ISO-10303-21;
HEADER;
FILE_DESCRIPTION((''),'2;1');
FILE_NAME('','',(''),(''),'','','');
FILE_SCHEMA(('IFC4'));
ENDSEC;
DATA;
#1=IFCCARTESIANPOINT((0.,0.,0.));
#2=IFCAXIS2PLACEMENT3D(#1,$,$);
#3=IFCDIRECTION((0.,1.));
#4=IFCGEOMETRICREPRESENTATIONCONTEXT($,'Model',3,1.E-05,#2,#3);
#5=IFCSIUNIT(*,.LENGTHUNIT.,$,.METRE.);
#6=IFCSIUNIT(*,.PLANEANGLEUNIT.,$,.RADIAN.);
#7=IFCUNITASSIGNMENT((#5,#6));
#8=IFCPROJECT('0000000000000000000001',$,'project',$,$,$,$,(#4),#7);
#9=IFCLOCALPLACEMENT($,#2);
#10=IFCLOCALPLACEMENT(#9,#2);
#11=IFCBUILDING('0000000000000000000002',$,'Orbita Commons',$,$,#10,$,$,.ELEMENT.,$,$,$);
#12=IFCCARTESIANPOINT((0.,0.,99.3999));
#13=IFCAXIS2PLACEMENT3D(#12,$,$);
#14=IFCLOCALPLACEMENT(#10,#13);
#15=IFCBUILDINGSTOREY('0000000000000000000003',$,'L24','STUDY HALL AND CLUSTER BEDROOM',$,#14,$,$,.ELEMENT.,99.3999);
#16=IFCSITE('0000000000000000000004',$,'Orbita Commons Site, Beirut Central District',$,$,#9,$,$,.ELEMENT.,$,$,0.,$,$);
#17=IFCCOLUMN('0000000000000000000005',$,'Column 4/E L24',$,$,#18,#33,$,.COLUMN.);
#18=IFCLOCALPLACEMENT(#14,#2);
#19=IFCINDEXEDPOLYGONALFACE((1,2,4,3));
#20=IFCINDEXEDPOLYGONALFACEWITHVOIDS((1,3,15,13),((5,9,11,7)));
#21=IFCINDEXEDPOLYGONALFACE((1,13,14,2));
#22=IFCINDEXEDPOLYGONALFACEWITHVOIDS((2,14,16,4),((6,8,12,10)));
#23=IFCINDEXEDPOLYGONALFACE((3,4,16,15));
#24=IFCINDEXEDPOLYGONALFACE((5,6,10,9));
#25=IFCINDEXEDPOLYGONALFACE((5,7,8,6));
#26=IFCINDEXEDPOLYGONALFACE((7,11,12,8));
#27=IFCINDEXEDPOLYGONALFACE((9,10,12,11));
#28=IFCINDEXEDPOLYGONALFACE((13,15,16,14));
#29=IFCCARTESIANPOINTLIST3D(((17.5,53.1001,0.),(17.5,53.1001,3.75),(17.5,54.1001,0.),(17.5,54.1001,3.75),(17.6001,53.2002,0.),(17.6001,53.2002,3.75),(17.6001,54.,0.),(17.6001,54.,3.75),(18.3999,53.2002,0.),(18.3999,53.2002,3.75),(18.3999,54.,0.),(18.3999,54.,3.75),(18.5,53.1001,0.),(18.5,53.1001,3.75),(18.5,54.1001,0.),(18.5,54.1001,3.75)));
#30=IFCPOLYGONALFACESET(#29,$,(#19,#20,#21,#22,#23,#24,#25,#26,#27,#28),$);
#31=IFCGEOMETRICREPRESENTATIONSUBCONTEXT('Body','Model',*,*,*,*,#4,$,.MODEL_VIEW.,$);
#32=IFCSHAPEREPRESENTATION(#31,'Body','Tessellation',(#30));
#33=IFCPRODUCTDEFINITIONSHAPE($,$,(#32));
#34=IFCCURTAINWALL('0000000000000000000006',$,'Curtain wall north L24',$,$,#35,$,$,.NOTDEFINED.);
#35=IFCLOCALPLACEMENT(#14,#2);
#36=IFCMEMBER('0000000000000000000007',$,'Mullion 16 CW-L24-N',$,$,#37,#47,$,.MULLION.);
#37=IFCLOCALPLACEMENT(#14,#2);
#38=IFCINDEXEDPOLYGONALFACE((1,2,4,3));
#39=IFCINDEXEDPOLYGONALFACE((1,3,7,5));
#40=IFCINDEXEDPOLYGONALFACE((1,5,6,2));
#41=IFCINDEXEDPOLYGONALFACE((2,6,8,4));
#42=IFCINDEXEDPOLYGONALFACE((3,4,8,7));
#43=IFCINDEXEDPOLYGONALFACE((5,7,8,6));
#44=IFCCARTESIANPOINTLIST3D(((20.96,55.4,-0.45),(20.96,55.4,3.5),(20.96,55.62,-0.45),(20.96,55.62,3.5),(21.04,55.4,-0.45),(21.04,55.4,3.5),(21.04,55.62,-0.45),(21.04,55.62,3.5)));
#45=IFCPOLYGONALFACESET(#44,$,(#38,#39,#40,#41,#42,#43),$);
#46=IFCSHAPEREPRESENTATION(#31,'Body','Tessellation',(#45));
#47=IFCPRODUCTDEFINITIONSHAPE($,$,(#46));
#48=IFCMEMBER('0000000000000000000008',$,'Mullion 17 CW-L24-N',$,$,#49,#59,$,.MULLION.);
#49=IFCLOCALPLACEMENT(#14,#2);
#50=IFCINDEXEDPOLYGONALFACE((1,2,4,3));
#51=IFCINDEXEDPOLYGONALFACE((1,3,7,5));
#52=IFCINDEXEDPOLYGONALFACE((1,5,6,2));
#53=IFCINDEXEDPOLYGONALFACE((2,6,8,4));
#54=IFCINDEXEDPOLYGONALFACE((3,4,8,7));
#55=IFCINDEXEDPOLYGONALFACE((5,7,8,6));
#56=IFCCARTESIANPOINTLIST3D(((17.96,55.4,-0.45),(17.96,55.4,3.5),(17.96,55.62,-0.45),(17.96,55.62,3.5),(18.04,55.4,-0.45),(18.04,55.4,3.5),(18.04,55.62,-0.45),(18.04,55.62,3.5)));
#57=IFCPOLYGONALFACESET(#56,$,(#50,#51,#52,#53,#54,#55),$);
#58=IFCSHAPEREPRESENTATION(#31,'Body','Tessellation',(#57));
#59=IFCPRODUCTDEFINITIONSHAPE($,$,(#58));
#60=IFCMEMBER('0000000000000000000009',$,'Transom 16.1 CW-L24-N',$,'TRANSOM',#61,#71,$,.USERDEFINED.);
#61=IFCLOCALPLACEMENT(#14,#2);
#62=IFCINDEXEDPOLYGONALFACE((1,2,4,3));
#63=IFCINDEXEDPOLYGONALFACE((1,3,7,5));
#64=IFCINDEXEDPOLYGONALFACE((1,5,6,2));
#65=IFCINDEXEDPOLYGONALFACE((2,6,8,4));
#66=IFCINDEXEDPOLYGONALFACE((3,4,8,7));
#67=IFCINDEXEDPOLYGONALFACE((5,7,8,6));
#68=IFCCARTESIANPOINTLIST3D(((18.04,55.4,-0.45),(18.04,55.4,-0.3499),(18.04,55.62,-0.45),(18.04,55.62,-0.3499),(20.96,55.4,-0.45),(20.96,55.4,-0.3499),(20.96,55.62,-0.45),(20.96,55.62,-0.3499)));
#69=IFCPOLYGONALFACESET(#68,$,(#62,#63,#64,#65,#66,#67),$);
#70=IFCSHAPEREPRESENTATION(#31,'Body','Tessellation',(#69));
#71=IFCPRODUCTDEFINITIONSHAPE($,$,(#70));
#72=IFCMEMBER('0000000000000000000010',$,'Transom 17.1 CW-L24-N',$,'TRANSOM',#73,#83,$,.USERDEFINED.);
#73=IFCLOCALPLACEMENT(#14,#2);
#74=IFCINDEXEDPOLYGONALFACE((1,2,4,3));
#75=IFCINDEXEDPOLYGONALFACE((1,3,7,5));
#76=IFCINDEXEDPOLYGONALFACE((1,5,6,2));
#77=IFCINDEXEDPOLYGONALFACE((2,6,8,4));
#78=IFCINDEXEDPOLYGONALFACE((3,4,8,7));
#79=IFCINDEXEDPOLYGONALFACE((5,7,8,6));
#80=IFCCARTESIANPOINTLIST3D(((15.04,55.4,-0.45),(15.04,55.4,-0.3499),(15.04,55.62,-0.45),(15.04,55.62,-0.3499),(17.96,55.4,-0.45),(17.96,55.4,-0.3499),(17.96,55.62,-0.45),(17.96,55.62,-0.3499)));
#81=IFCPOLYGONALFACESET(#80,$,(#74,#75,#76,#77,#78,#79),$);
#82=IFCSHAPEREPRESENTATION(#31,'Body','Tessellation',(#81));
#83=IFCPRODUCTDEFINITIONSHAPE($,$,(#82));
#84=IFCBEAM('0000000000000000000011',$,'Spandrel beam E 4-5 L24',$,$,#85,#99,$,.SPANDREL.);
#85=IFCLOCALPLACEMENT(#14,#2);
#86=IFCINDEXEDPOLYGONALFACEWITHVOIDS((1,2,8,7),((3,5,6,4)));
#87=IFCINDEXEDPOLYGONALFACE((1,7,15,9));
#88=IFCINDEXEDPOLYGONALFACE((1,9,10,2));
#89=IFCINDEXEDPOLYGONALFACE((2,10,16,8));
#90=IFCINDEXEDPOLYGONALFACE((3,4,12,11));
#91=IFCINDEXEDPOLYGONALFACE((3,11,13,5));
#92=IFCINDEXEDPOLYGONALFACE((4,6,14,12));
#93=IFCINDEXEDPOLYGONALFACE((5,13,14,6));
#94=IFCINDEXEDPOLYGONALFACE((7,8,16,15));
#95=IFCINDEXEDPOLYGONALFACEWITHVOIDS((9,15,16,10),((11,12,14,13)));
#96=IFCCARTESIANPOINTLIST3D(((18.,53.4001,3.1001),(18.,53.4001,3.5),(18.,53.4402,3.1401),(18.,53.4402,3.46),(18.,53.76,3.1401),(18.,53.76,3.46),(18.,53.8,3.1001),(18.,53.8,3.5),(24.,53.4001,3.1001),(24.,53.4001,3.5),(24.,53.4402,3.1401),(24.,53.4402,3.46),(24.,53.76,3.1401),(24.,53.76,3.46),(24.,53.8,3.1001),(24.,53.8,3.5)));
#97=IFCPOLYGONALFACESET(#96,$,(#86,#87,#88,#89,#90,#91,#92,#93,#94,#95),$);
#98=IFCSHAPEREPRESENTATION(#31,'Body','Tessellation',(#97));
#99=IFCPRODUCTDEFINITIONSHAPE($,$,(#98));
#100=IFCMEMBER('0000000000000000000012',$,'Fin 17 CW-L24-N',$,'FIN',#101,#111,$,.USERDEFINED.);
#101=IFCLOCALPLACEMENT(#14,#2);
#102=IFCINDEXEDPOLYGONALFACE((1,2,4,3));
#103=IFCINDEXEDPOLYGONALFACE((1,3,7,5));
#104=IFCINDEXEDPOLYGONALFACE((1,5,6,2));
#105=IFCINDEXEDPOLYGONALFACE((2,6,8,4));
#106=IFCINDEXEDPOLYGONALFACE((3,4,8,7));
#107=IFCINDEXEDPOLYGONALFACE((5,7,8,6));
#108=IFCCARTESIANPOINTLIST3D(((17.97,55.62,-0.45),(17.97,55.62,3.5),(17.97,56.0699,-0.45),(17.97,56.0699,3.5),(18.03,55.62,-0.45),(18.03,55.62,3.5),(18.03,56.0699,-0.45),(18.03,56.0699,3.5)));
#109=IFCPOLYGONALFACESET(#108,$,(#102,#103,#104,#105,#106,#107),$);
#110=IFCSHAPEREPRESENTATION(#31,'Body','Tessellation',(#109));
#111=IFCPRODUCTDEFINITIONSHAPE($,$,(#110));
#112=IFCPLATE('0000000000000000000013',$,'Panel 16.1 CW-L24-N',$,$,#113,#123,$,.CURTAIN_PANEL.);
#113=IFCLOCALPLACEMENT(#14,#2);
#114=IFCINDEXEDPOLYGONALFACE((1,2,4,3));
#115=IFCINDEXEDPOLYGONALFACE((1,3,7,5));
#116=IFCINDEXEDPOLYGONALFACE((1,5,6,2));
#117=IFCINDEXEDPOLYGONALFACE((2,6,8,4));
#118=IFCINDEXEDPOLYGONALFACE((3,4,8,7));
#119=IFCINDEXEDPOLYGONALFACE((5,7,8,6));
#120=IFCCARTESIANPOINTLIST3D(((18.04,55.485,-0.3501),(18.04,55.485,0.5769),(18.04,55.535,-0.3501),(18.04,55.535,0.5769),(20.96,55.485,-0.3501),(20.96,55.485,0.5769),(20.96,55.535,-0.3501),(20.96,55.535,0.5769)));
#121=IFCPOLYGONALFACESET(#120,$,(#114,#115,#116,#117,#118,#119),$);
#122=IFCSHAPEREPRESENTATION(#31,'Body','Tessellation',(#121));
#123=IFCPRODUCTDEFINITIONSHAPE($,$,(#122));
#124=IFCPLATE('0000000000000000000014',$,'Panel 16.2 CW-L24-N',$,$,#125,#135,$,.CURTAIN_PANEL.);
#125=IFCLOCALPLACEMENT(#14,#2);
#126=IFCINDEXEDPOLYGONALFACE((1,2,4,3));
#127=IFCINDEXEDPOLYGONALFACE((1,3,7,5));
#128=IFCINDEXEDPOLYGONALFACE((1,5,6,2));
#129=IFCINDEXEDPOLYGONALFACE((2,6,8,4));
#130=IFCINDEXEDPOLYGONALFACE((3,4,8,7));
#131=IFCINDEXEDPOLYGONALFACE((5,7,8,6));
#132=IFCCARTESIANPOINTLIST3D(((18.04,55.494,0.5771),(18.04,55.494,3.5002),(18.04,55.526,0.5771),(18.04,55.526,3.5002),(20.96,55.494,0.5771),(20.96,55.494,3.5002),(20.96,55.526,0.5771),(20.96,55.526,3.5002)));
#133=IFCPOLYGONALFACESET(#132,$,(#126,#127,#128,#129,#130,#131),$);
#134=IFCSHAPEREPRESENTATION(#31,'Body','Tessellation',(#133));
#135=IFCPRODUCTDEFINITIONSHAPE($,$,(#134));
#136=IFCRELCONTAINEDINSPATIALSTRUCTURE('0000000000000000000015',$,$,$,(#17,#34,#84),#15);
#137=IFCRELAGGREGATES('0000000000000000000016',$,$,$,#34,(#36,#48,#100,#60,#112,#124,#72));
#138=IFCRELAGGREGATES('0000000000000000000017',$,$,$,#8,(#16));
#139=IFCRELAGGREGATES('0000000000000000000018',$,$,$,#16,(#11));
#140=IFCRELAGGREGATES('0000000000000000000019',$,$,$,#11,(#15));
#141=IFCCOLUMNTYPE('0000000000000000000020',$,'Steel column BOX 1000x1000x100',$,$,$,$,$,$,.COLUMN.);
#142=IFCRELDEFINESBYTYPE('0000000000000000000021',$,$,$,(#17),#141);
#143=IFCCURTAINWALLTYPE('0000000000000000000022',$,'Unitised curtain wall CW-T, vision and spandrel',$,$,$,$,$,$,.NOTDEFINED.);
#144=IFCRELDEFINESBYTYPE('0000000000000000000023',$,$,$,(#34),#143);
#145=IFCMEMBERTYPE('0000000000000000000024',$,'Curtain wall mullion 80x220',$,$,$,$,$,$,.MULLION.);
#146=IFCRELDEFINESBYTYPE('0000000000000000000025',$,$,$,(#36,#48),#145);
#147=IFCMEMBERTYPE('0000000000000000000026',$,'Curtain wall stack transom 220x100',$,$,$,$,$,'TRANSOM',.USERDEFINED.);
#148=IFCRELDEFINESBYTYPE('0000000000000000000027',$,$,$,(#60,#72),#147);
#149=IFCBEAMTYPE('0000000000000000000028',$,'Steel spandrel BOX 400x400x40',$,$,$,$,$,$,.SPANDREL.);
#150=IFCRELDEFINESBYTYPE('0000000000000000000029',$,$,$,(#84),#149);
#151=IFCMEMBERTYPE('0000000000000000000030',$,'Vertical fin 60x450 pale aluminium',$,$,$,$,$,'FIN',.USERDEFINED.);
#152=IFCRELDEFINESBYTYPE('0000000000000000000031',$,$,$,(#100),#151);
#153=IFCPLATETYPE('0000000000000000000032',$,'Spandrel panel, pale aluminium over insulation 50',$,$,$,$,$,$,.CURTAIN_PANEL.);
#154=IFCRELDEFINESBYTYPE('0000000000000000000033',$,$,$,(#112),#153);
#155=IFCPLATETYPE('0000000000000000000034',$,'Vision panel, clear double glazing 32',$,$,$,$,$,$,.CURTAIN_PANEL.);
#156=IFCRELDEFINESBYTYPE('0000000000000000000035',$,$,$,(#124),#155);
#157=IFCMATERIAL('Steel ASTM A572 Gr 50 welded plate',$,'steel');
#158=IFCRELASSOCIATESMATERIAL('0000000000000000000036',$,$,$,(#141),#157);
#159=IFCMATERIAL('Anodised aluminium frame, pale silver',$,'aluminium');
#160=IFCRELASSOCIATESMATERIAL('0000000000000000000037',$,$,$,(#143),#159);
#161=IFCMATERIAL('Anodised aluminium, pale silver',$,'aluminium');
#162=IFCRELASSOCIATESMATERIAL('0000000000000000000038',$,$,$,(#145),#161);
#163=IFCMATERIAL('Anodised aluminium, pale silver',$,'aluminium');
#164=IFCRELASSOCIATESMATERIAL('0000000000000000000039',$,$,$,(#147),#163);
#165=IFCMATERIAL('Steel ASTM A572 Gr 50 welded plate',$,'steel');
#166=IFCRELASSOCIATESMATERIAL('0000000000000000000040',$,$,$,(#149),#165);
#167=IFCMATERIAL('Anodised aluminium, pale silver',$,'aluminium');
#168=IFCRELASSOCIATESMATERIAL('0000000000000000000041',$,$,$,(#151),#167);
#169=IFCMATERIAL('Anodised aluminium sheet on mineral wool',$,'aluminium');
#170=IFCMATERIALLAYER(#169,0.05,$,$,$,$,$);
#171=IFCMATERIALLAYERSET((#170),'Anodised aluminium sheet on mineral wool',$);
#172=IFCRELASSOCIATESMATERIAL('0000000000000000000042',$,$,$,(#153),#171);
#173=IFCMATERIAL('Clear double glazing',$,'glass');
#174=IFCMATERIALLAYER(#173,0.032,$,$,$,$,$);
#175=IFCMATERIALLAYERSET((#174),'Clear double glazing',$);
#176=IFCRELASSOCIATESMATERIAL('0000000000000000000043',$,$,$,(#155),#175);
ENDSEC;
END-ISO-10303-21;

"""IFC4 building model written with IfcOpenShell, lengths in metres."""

from ifc_helpers import new_model, si_unit, direction, frame, origin, origin_2d, place, context, subcontext, project, spatial, rectangle, hollow_rectangle, extrude, material, layer, layer_set, material_profile, profile_set, type_object, element, aggregate, save


model = new_model("IFC4")

# Units and contexts
model_context = context("Model", 3, precision=1e-05, world=origin(), true_north=direction((0.0, 1.0)))
body_context = subcontext(model_context, "Body", "Model", "MODEL_VIEW")
ifc_project = project(units=[si_unit("LENGTHUNIT", "METRE"), si_unit("PLANEANGLEUNIT", "RADIAN")], contexts=[model_context])

# Site, building, storey
site_placement = place(None, origin())
site = spatial("IfcSite", under=ifc_project, at=site_placement, Name="Orbita Commons Site, Beirut Central District", CompositionType="ELEMENT", RefElevation=0.0)
building_placement = place(site_placement, origin())
building = spatial("IfcBuilding", under=site, at=building_placement, Name="Orbita Commons", CompositionType="ELEMENT")
storey_placement = place(building_placement, frame((0.0, 0.0, 99.3999)))
storey = spatial("IfcBuildingStorey", under=building, at=storey_placement, Name="L24", Description="STUDY HALL AND CLUSTER BEDROOM", CompositionType="ELEMENT", Elevation=99.3999)

# Column
ifc_material_1 = material(Name="Steel ASTM A572 Gr 50 welded plate", Category="steel")
ifc_material_profile_1 = material_profile(ifc_material_1, hollow_rectangle(XDim=1.0, YDim=1.0, WallThickness=0.1001, at=origin_2d()), Name="BOX 1000x1000x100")
ifc_profile_set_1 = profile_set([ifc_material_profile_1], Name="Steel ASTM A572 Gr 50 welded plate")
column_type = type_object("IfcColumnType", Name="Steel column BOX 1000x1000x100", PredefinedType="COLUMN", material=ifc_profile_set_1)
column_placement = place(storey_placement, frame((18.0, 53.6001, 0.0), z_axis=(0.0, 0.0, 1.0), x_axis=(1.0, 0.0, 0.0)))
element("IfcColumn", 1, at=column_placement, inside=storey, type_object=column_type, Name="Column 4/E L24", PredefinedType="COLUMN", context=body_context, shape_type="SweptSolid", body=[
    extrude(hollow_rectangle(XDim=1.0, YDim=1.0, WallThickness=0.1001, at=origin_2d()), origin(), (0.0, 0.0, 1.0), 3.75),
])

# Curtain wall, members
ifc_material_2 = material(Name="Anodised aluminium frame, pale silver", Category="aluminium")
curtain_wall_type = type_object("IfcCurtainWallType", Name="Unitised curtain wall CW-T, vision and spandrel", PredefinedType="NOTDEFINED", material=ifc_material_2)
curtain_wall_placement = place(storey_placement, origin())
curtain_wall = element("IfcCurtainWall", 2, at=curtain_wall_placement, inside=storey, type_object=curtain_wall_type, Name="Curtain wall north L24", PredefinedType="NOTDEFINED")
ifc_material_3 = material(Name="Anodised aluminium, pale silver", Category="aluminium")
ifc_material_profile_2 = material_profile(ifc_material_3, rectangle(XDim=0.0801, YDim=0.22, at=origin_2d()), Name="AL 80x220")
ifc_profile_set_2 = profile_set([ifc_material_profile_2], Name="Anodised aluminium, pale silver")
member_type_1 = type_object("IfcMemberType", Name="Curtain wall mullion 80x220", PredefinedType="MULLION", material=ifc_profile_set_2)
member_1_placement = place(storey_placement, frame((21.0, 55.51, -0.45), z_axis=(0.0, 0.0, 1.0), x_axis=(-1.0, 0.0, 0.0)))
member_1 = element("IfcMember", 3, at=member_1_placement, type_object=member_type_1, Name="Mullion 16 CW-L24-N", PredefinedType="MULLION", context=body_context, shape_type="SweptSolid", body=[
    extrude(rectangle(XDim=0.0801, YDim=0.22, at=origin_2d()), origin(), (0.0, 0.0, 1.0), 3.95),
])
member_2_placement = place(storey_placement, frame((18.0, 55.51, -0.45), z_axis=(0.0, 0.0, 1.0), x_axis=(-1.0, 0.0, 0.0)))
member_2 = element("IfcMember", 4, at=member_2_placement, type_object=member_type_1, Name="Mullion 17 CW-L24-N", PredefinedType="MULLION", context=body_context, shape_type="SweptSolid", body=[
    extrude(rectangle(XDim=0.0801, YDim=0.22, at=origin_2d()), origin(), (0.0, 0.0, 1.0), 3.95),
])
ifc_material_4 = material(Name="Anodised aluminium, pale silver", Category="aluminium")
ifc_material_profile_3 = material_profile(ifc_material_4, rectangle(XDim=0.22, YDim=0.1001, at=origin_2d()), Name="AL 220x100")
ifc_profile_set_3 = profile_set([ifc_material_profile_3], Name="Anodised aluminium, pale silver")
member_type_2 = type_object("IfcMemberType", Name="Curtain wall stack transom 220x100", ElementType="TRANSOM", PredefinedType="USERDEFINED", material=ifc_profile_set_3)
member_3_placement = place(storey_placement, frame((20.96, 55.51, -0.3999), z_axis=(-1.0, 0.0, 0.0), x_axis=(0.0, -1.0, 0.0)))
member_3 = element("IfcMember", 5, at=member_3_placement, type_object=member_type_2, Name="Transom 16.1 CW-L24-N", ObjectType="TRANSOM", PredefinedType="USERDEFINED", context=body_context, shape_type="SweptSolid", body=[
    extrude(rectangle(XDim=0.22, YDim=0.1001, at=origin_2d()), origin(), (0.0, 0.0, 1.0), 2.9199),
])
member_4_placement = place(storey_placement, frame((17.96, 55.51, -0.3999), z_axis=(-1.0, 0.0, 0.0), x_axis=(0.0, -1.0, 0.0)))
member_4 = element("IfcMember", 6, at=member_4_placement, type_object=member_type_2, Name="Transom 17.1 CW-L24-N", ObjectType="TRANSOM", PredefinedType="USERDEFINED", context=body_context, shape_type="SweptSolid", body=[
    extrude(rectangle(XDim=0.22, YDim=0.1001, at=origin_2d()), origin(), (0.0, 0.0, 1.0), 2.9199),
])

# Beam
ifc_material_5 = material(Name="Steel ASTM A572 Gr 50 welded plate", Category="steel")
ifc_material_profile_4 = material_profile(ifc_material_5, hollow_rectangle(XDim=0.3999, YDim=0.3999, WallThickness=0.04, at=origin_2d()), Name="BOX 400x400x40")
ifc_profile_set_4 = profile_set([ifc_material_profile_4], Name="Steel ASTM A572 Gr 50 welded plate")
beam_type = type_object("IfcBeamType", Name="Steel spandrel BOX 400x400x40", PredefinedType="SPANDREL", material=ifc_profile_set_4)
beam_placement = place(storey_placement, frame((18.0, 53.6001, 3.3), z_axis=(1.0, 0.0, 0.0), x_axis=(0.0, 1.0, 0.0)))
element("IfcBeam", 7, at=beam_placement, inside=storey, type_object=beam_type, Name="Spandrel beam E 4-5 L24", PredefinedType="SPANDREL", context=body_context, shape_type="SweptSolid", body=[
    extrude(hollow_rectangle(XDim=0.3999, YDim=0.3999, WallThickness=0.04, at=origin_2d()), origin(), (0.0, 0.0, 1.0), 6.0),
])

# Member
ifc_material_6 = material(Name="Anodised aluminium, pale silver", Category="aluminium")
ifc_material_profile_5 = material_profile(ifc_material_6, rectangle(XDim=0.0601, YDim=0.45, at=origin_2d()), Name="FIN 60x450")
ifc_profile_set_5 = profile_set([ifc_material_profile_5], Name="Anodised aluminium, pale silver")
member_type_3 = type_object("IfcMemberType", Name="Vertical fin 60x450 pale aluminium", ElementType="FIN", PredefinedType="USERDEFINED", material=ifc_profile_set_5)
member_5_placement = place(storey_placement, frame((18.0, 55.845, -0.45), z_axis=(0.0, 0.0, 1.0), x_axis=(-1.0, 0.0, 0.0)))
member_5 = element("IfcMember", 8, at=member_5_placement, type_object=member_type_3, Name="Fin 17 CW-L24-N", ObjectType="FIN", PredefinedType="USERDEFINED", context=body_context, shape_type="SweptSolid", body=[
    extrude(rectangle(XDim=0.0601, YDim=0.45, at=origin_2d()), origin(), (0.0, 0.0, 1.0), 3.95),
])

# Plates
ifc_material_7 = material(Name="Anodised aluminium sheet on mineral wool", Category="aluminium")
ifc_layer_1 = layer(ifc_material_7, 0.05)
ifc_layer_set_1 = layer_set([ifc_layer_1], Name="Anodised aluminium sheet on mineral wool")
plate_type_1 = type_object("IfcPlateType", Name="Spandrel panel, pale aluminium over insulation 50", PredefinedType="CURTAIN_PANEL", material=ifc_layer_set_1)
plate_1_placement = place(storey_placement, frame((19.5, 55.51, -0.3501), z_axis=(0.0, 0.0, 1.0), x_axis=(-1.0, 0.0, 0.0)))
plate_1 = element("IfcPlate", 9, at=plate_1_placement, type_object=plate_type_1, Name="Panel 16.1 CW-L24-N", PredefinedType="CURTAIN_PANEL", context=body_context, shape_type="SweptSolid", body=[
    extrude(rectangle(XDim=2.9199, YDim=0.05, at=origin_2d()), origin(), (0.0, 0.0, 1.0), 0.927),
])
ifc_material_8 = material(Name="Clear double glazing", Category="glass")
ifc_layer_2 = layer(ifc_material_8, 0.032)
ifc_layer_set_2 = layer_set([ifc_layer_2], Name="Clear double glazing")
plate_type_2 = type_object("IfcPlateType", Name="Vision panel, clear double glazing 32", PredefinedType="CURTAIN_PANEL", material=ifc_layer_set_2)
plate_2_placement = place(storey_placement, frame((19.5, 55.51, 0.5771), z_axis=(0.0, 0.0, 1.0), x_axis=(-1.0, 0.0, 0.0)))
plate_2 = element("IfcPlate", 10, at=plate_2_placement, type_object=plate_type_2, Name="Panel 16.2 CW-L24-N", PredefinedType="CURTAIN_PANEL", context=body_context, shape_type="SweptSolid", body=[
    extrude(rectangle(XDim=2.9199, YDim=0.032, at=origin_2d()), origin(), (0.0, 0.0, 1.0), 2.9231),
])
aggregate(curtain_wall, [member_1, member_2, member_5, member_3, plate_1, plate_2, member_4])

save(model, "model.ifc")
